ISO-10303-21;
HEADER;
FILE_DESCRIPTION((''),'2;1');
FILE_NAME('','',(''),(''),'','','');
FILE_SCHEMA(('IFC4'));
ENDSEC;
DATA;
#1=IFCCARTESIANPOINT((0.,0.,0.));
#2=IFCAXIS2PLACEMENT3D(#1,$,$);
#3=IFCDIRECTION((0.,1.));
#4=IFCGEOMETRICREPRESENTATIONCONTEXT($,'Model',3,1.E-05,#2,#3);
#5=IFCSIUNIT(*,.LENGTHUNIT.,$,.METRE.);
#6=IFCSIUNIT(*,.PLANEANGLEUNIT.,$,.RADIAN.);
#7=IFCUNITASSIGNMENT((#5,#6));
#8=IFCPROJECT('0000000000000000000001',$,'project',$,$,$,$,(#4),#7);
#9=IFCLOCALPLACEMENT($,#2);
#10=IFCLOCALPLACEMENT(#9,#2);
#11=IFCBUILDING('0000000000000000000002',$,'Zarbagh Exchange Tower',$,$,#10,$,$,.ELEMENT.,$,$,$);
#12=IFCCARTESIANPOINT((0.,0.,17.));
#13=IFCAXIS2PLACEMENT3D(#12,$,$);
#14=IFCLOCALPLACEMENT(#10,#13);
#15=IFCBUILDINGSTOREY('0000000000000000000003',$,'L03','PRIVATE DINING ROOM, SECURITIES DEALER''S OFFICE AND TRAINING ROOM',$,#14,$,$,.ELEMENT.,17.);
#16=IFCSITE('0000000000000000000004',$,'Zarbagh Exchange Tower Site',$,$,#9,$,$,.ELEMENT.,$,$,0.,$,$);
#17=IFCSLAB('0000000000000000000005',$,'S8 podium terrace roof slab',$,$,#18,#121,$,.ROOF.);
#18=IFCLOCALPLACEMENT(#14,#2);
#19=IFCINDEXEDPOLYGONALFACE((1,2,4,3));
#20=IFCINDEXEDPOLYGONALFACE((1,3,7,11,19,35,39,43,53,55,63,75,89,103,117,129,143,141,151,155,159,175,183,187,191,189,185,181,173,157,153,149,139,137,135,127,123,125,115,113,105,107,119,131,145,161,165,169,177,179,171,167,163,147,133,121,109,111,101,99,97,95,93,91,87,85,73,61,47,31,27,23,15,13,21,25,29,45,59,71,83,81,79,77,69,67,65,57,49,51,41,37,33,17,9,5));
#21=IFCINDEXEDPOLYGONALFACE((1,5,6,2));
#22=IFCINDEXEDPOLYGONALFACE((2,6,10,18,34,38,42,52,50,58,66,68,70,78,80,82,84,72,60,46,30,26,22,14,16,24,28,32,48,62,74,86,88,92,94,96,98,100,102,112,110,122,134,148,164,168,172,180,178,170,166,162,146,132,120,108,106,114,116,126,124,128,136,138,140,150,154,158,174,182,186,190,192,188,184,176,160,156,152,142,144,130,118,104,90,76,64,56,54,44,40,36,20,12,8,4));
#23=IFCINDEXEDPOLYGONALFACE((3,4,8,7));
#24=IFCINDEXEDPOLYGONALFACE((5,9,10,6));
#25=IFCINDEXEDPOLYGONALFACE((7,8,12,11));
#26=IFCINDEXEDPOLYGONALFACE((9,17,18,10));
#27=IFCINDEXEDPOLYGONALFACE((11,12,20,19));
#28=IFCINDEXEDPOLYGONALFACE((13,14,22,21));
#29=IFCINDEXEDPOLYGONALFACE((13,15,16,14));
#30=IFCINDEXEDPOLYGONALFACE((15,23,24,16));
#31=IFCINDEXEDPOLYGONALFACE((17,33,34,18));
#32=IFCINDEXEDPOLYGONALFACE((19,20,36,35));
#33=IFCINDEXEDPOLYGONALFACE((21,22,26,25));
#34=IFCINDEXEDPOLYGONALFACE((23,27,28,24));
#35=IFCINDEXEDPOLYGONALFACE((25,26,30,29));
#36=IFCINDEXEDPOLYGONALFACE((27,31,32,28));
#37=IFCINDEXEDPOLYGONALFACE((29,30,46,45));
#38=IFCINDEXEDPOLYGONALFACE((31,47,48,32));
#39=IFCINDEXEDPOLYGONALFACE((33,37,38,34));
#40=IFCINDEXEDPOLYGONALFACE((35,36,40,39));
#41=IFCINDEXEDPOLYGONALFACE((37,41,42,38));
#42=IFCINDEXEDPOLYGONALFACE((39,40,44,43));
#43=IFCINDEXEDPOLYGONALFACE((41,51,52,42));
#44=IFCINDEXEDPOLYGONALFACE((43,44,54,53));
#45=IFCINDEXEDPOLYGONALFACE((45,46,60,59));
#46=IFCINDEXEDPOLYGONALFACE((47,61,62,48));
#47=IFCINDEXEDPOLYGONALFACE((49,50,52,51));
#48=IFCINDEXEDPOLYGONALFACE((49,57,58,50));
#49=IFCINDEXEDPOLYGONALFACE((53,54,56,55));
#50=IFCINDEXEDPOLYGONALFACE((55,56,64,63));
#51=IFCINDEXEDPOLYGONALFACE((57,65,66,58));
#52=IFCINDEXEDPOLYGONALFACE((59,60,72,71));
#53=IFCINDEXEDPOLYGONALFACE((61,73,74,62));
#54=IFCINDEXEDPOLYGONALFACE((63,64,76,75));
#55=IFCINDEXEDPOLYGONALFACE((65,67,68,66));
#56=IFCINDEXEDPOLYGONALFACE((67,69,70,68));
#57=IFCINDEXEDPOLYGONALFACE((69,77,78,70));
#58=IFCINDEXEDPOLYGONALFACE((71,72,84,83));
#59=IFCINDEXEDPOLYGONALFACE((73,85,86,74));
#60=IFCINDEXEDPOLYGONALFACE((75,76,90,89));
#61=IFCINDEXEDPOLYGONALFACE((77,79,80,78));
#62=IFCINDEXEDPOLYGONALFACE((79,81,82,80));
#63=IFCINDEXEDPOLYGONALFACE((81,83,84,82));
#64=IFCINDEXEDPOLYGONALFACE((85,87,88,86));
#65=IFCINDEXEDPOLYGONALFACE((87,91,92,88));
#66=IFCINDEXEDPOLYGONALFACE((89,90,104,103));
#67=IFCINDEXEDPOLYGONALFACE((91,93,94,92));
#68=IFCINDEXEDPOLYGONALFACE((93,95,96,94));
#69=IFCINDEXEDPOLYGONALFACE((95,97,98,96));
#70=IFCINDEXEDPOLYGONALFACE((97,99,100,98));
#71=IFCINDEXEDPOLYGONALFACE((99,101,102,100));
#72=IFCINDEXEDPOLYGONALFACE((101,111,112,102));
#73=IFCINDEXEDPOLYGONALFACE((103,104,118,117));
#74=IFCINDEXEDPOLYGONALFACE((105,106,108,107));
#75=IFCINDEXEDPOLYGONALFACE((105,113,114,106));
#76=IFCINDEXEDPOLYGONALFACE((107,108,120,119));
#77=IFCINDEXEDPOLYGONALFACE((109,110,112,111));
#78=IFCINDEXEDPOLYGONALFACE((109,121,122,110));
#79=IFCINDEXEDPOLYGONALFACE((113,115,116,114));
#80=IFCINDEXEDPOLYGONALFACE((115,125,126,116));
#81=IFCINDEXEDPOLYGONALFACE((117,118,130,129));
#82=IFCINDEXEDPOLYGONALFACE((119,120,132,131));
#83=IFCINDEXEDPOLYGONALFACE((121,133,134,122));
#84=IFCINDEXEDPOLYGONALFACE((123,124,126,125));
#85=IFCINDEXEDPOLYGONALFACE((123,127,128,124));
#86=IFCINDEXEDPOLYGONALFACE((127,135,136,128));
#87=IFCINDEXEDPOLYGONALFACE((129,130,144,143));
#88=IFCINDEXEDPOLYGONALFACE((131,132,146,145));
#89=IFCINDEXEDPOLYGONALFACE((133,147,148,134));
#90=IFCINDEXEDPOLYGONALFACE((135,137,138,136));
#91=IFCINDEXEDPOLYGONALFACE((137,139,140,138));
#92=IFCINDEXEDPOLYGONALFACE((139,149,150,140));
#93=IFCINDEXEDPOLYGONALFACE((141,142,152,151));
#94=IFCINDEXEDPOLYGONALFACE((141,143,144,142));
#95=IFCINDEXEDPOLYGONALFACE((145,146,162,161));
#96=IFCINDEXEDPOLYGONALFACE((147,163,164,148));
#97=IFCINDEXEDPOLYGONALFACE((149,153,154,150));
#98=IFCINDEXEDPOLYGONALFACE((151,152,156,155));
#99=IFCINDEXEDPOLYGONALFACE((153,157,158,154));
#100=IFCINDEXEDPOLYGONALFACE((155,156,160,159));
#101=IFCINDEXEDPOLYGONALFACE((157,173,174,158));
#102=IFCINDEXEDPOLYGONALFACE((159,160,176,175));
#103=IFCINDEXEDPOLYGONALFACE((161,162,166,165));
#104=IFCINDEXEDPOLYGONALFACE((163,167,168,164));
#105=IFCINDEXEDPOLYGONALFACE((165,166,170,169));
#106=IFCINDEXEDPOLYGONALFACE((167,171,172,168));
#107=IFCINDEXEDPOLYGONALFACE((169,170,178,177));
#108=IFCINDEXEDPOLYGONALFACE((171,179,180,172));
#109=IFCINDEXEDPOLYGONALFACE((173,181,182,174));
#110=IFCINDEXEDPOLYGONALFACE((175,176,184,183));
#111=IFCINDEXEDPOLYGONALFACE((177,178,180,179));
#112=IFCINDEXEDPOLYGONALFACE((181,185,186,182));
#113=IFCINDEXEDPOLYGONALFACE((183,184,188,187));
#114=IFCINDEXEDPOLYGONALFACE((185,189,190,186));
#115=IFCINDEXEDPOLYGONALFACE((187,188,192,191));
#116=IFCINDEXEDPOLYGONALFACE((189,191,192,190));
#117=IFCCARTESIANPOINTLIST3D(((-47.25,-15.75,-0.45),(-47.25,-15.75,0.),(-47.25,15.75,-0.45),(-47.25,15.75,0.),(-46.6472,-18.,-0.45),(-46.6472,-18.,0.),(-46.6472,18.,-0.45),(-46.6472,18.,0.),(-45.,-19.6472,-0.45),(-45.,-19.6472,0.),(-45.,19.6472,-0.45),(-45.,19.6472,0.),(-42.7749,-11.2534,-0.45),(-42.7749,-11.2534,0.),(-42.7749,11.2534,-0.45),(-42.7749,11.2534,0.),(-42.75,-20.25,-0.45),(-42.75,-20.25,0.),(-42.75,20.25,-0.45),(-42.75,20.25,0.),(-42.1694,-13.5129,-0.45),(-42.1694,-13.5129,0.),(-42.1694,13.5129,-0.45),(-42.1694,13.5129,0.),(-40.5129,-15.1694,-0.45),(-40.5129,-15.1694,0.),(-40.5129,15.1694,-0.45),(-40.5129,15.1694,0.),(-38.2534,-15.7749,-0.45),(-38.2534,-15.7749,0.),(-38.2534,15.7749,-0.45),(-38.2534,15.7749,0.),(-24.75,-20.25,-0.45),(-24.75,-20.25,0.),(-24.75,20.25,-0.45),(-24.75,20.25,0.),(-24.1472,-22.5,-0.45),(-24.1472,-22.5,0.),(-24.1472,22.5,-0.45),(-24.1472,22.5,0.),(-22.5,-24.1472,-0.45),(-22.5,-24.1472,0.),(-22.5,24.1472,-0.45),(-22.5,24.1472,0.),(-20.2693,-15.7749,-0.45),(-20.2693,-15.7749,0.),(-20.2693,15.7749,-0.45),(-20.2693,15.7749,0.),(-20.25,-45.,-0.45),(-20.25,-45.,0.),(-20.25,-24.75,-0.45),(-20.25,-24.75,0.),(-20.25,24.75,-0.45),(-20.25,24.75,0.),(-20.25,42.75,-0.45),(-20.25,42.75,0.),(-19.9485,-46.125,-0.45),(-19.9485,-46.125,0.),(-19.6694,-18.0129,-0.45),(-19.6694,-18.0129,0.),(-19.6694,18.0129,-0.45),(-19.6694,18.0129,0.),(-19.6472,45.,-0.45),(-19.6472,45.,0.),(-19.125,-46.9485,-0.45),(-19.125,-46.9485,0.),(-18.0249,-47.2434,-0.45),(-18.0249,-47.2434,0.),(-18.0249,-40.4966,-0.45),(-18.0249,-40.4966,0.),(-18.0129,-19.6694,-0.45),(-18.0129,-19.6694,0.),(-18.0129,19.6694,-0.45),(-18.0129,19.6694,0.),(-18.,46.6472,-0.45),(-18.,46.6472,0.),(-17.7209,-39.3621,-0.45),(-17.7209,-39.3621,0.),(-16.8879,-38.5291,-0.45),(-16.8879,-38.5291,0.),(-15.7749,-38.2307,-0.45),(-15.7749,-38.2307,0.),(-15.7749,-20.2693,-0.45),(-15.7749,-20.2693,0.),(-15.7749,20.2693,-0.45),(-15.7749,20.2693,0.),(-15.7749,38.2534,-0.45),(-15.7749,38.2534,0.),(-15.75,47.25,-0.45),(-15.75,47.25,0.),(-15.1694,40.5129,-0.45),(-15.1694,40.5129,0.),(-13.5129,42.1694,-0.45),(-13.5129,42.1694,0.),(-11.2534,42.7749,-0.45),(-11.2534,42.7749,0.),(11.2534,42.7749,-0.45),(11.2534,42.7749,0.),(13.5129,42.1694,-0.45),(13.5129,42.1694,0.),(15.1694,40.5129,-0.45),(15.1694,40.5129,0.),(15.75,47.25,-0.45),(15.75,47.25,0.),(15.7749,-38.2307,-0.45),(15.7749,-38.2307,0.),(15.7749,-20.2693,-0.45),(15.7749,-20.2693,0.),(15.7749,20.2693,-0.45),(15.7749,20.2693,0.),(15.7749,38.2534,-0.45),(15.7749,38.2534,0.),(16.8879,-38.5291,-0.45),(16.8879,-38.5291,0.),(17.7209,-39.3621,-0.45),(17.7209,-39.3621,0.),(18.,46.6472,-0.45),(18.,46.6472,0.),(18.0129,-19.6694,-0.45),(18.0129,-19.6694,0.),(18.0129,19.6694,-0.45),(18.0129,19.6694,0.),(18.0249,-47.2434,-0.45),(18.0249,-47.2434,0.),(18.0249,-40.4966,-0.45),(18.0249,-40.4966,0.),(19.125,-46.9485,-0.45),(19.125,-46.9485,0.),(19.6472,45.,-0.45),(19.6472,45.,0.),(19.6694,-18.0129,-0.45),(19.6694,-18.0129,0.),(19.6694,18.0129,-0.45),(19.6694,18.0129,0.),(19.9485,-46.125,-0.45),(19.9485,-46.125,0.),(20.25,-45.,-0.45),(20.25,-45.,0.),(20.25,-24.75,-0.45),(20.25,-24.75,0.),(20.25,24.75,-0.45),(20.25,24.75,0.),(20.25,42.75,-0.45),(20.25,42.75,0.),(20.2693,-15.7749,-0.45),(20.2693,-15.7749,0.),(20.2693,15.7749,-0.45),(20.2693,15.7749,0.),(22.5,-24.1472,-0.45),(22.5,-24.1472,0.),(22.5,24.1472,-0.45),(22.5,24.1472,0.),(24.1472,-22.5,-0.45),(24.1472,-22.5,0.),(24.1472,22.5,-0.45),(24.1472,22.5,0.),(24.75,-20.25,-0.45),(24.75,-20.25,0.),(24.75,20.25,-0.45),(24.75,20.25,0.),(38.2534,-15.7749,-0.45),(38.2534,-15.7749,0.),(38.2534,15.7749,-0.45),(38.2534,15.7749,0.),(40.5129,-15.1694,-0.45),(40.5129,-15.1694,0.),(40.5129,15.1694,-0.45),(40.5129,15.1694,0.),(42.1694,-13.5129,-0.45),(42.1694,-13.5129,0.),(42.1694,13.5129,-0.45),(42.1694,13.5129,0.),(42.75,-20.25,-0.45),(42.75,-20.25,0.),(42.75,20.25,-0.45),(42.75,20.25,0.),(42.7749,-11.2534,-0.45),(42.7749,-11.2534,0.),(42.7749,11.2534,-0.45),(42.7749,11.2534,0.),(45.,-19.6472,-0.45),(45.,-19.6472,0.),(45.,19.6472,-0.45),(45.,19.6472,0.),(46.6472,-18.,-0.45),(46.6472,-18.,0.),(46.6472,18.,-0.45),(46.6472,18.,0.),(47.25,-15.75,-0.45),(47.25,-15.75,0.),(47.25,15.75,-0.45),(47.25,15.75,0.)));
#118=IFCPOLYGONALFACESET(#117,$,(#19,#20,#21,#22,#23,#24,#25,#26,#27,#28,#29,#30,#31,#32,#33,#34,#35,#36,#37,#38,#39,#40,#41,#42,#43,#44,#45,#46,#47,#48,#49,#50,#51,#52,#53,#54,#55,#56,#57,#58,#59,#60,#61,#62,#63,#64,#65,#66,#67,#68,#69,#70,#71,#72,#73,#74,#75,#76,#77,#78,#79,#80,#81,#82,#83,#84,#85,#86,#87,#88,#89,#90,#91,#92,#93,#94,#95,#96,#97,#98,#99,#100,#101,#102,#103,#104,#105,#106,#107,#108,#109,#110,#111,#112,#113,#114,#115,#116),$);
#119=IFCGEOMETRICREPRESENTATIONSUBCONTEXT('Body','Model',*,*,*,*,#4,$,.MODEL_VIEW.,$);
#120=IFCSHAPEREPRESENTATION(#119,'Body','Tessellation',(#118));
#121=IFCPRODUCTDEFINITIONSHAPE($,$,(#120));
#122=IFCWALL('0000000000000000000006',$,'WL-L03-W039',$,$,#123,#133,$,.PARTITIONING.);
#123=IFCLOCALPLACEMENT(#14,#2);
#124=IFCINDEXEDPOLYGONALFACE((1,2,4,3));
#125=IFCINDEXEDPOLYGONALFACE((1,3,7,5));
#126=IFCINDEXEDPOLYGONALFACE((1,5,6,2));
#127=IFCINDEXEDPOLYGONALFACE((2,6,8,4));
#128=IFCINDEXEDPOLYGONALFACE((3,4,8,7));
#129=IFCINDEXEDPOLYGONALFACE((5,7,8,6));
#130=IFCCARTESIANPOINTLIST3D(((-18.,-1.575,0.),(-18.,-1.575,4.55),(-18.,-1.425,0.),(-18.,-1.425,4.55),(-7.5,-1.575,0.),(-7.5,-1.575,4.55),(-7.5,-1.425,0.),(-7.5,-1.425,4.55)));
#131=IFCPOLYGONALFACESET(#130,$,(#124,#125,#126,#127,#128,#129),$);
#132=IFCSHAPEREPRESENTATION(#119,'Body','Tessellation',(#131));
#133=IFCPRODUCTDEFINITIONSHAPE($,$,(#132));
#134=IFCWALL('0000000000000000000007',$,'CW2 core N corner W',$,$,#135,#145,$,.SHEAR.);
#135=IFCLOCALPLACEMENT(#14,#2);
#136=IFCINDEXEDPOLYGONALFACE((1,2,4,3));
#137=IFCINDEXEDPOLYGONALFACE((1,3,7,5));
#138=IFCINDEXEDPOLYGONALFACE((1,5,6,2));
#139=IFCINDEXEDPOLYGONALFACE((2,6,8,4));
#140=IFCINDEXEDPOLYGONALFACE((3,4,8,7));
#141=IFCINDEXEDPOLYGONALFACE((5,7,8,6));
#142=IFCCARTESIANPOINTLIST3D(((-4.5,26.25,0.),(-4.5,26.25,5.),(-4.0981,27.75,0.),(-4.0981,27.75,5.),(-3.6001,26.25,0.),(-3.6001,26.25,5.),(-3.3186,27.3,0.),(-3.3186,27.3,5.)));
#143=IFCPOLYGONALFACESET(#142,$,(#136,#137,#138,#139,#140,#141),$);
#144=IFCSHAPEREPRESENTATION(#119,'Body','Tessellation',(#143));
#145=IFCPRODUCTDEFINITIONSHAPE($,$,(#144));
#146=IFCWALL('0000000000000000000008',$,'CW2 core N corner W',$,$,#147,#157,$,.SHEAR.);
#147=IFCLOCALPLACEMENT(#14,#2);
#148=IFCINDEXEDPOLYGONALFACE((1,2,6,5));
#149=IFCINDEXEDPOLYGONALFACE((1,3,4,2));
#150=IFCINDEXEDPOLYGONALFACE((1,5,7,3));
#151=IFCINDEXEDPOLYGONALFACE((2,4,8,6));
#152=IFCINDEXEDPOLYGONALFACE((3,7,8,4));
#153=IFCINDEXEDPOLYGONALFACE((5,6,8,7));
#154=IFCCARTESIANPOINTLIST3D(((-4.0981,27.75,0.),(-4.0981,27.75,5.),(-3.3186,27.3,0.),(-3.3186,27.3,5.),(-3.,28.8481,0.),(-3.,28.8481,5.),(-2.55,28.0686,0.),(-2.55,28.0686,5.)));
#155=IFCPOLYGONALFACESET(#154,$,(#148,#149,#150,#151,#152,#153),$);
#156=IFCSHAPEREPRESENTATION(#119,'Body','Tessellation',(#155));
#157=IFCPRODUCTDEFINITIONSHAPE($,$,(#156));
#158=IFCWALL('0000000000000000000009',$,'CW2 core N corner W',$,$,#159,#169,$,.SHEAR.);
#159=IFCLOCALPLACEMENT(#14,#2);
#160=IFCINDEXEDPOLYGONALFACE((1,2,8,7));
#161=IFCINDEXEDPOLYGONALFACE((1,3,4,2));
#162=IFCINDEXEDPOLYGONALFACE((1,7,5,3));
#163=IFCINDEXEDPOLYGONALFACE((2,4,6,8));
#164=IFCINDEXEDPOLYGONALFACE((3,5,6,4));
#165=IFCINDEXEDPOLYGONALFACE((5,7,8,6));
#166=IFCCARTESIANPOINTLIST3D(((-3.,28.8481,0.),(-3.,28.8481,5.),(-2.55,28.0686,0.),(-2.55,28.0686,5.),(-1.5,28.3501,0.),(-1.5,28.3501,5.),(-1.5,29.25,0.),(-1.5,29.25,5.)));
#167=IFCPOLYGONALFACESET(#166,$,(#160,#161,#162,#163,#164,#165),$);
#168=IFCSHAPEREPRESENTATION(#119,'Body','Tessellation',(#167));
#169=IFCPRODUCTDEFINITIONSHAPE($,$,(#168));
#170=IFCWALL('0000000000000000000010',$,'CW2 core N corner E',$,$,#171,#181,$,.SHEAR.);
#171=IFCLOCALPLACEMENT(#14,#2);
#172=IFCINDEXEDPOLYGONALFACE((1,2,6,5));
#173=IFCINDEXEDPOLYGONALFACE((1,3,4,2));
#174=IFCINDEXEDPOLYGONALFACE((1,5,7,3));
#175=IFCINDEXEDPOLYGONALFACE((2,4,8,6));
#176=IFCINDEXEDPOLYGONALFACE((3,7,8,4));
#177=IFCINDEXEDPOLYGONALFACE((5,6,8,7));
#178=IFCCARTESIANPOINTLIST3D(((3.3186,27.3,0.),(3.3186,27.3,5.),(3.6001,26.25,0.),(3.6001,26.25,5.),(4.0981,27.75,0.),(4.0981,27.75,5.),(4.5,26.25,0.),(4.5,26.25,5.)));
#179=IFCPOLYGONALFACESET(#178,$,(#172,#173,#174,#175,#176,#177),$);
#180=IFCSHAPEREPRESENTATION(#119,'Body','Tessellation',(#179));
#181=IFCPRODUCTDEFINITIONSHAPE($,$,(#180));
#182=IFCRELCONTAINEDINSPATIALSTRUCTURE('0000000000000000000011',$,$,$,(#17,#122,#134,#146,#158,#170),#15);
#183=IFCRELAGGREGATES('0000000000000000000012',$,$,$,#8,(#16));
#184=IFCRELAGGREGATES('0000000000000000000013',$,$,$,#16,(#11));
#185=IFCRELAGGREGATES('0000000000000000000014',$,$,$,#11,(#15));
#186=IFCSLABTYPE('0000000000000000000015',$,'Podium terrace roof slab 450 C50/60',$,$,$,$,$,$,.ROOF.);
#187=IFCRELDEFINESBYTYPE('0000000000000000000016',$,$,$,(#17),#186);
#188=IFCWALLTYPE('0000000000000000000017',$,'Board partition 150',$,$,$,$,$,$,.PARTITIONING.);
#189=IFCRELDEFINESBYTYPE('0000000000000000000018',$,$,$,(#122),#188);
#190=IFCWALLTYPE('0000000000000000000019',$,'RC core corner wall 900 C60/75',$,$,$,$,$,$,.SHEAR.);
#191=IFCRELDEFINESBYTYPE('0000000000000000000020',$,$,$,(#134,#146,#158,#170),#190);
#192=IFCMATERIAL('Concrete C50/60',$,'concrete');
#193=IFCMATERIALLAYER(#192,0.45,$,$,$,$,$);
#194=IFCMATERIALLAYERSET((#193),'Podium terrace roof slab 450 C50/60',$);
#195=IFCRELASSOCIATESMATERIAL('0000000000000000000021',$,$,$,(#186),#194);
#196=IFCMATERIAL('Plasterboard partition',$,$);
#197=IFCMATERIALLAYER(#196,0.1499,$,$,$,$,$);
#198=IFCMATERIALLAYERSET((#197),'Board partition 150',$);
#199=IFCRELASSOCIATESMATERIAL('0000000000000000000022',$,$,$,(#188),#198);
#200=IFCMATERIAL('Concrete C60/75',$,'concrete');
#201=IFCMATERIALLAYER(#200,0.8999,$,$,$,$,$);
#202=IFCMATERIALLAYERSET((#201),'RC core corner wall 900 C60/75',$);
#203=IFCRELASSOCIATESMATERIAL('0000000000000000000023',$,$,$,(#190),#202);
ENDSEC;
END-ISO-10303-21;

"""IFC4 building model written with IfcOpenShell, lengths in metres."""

from ifc_helpers import new_model, si_unit, direction, frame, frame_2d, origin, place, context, subcontext, project, spatial, polyline, rectangle, outline, extrude, material, layer, layer_set, type_object, element, save


model = new_model("IFC4")

# Units and contexts
model_context = context("Model", 3, precision=1e-05, world=origin(), true_north=direction((0.0, 1.0)))
body_context = subcontext(model_context, "Body", "Model", "MODEL_VIEW")
ifc_project = project(units=[si_unit("LENGTHUNIT", "METRE"), si_unit("PLANEANGLEUNIT", "RADIAN")], contexts=[model_context])

# Site, building, storey
site_placement = place(None, origin())
site = spatial("IfcSite", under=ifc_project, at=site_placement, Name="Zarbagh Exchange Tower Site", CompositionType="ELEMENT", RefElevation=0.0)
building_placement = place(site_placement, origin())
building = spatial("IfcBuilding", under=site, at=building_placement, Name="Zarbagh Exchange Tower", CompositionType="ELEMENT")
storey_placement = place(building_placement, frame((0.0, 0.0, 17.0)))
storey = spatial("IfcBuildingStorey", under=building, at=storey_placement, Name="L03", Description="PRIVATE DINING ROOM, SECURITIES DEALER'S OFFICE AND TRAINING ROOM", CompositionType="ELEMENT", Elevation=17.0)

# Shared definitions
ifc_material_1 = material(Name="Concrete C60/75", Category="concrete")

# Slab
ifc_material_2 = material(Name="Concrete C50/60", Category="concrete")
ifc_layer_1 = layer(ifc_material_2, 0.45)
ifc_layer_set_1 = layer_set([ifc_layer_1], Name="Podium terrace roof slab 450 C50/60")
slab_type_1 = type_object("IfcSlabType", Name="Podium terrace roof slab 450 C50/60", PredefinedType="ROOF", material=ifc_layer_set_1)
slab_1_placement = place(storey_placement, frame((0.0, 0.0, -0.45)))
element("IfcSlab", 1, at=slab_1_placement, inside=storey, type_object=slab_type_1, Name="S8 podium terrace roof slab", PredefinedType="ROOF", context=body_context, shape_type="SweptSolid", body=[
    extrude(outline(polyline([(-20.25, -24.75), (-22.5, -24.1472), (-24.1472, -22.5), (-24.75, -20.25), (-42.75, -20.25), (-45.0, -19.6472), (-46.6472, -18.0), (-47.25, -15.75), (-47.25, 15.75), (-46.6472, 18.0), (-45.0, 19.6472), (-42.75, 20.25), (-24.75, 20.25), (-24.1472, 22.5), (-22.5, 24.1472), (-20.25, 24.75), (-20.25, 42.75), (-19.6472, 45.0), (-18.0, 46.6472), (-15.75, 47.25), (15.75, 47.25), (18.0, 46.6472), (19.6472, 45.0), (20.25, 42.75), (20.25, 24.75), (22.5, 24.1472), (24.1472, 22.5), (24.75, 20.25), (42.75, 20.25), (45.0, 19.6472), (46.6472, 18.0), (47.25, 15.75), (47.25, -15.75), (46.6472, -18.0), (45.0, -19.6472), (42.75, -20.25), (24.75, -20.25), (24.1472, -22.5), (22.5, -24.1472), (20.25, -24.75), (20.25, -45.0), (19.9485, -46.125), (19.125, -46.9485), (18.0249, -47.2434), (18.0249, -40.4966), (17.7209, -39.3621), (16.8879, -38.5291), (15.7749, -38.2307), (15.7749, -20.2693), (18.0129, -19.6694), (19.6694, -18.0129), (20.2693, -15.7749), (38.2534, -15.7749), (40.5129, -15.1694), (42.1694, -13.5129), (42.7749, -11.2534), (42.7749, 11.2534), (42.1694, 13.5129), (40.5129, 15.1694), (38.2534, 15.7749), (20.2693, 15.7749), (19.6694, 18.0129), (18.0129, 19.6694), (15.7749, 20.2693), (15.7749, 38.2534), (15.1694, 40.5129), (13.5129, 42.1694), (11.2534, 42.7749), (-11.2534, 42.7749), (-13.5129, 42.1694), (-15.1694, 40.5129), (-15.7749, 38.2534), (-15.7749, 20.2693), (-18.0129, 19.6694), (-19.6694, 18.0129), (-20.2693, 15.7749), (-38.2534, 15.7749), (-40.5129, 15.1694), (-42.1694, 13.5129), (-42.7749, 11.2534), (-42.7749, -11.2534), (-42.1694, -13.5129), (-40.5129, -15.1694), (-38.2534, -15.7749), (-20.2693, -15.7749), (-19.6694, -18.0129), (-18.0129, -19.6694), (-15.7749, -20.2693), (-15.7749, -38.2307), (-16.8879, -38.5291), (-17.7209, -39.3621), (-18.0249, -40.4966), (-18.0249, -47.2434), (-19.125, -46.9485), (-19.9485, -46.125), (-20.25, -45.0), (-20.25, -24.75)])), origin(), (0.0, 0.0, 1.0), 0.45),
])

# Walls
ifc_material_3 = material(Name="Plasterboard partition")
ifc_layer_2 = layer(ifc_material_3, 0.1499)
ifc_layer_set_2 = layer_set([ifc_layer_2], Name="Board partition 150")
wall_type_1 = type_object("IfcWallType", Name="Board partition 150", PredefinedType="PARTITIONING", material=ifc_layer_set_2)
wall_1_placement = place(storey_placement, frame((-7.5, -1.5, 0.0), z_axis=(0.0, 0.0, 1.0), x_axis=(-1.0, 0.0, 0.0)))
element("IfcWall", 2, at=wall_1_placement, inside=storey, type_object=wall_type_1, Name="WL-L03-W039", PredefinedType="PARTITIONING", context=body_context, shape_type="SweptSolid", body=[
    extrude(rectangle(XDim=10.5, YDim=0.1499, at=frame_2d((5.25, 0.0))), origin(), (0.0, 0.0, 1.0), 4.55),
])
ifc_layer_3 = layer(ifc_material_1, 0.8999)
ifc_layer_set_3 = layer_set([ifc_layer_3], Name="RC core corner wall 900 C60/75")
wall_type_2 = type_object("IfcWallType", Name="RC core corner wall 900 C60/75", PredefinedType="SHEAR", material=ifc_layer_set_3)
wall_2_placement = place(storey_placement, origin())
element("IfcWall", 3, at=wall_2_placement, inside=storey, type_object=wall_type_2, Name="CW2 core N corner W", PredefinedType="SHEAR", context=body_context, shape_type="SweptSolid", body=[
    extrude(outline(polyline([(-4.5, 26.25), (-4.0981, 27.75), (-3.3186, 27.3), (-3.6001, 26.25), (-4.5, 26.25)])), origin(), (0.0, 0.0, 1.0), 5.0),
])
wall_3_placement = place(storey_placement, origin())
element("IfcWall", 4, at=wall_3_placement, inside=storey, type_object=wall_type_2, Name="CW2 core N corner W", PredefinedType="SHEAR", context=body_context, shape_type="SweptSolid", body=[
    extrude(outline(polyline([(-4.0981, 27.75), (-3.0, 28.8481), (-2.55, 28.0686), (-3.3186, 27.3), (-4.0981, 27.75)])), origin(), (0.0, 0.0, 1.0), 5.0),
])
wall_4_placement = place(storey_placement, origin())
element("IfcWall", 5, at=wall_4_placement, inside=storey, type_object=wall_type_2, Name="CW2 core N corner W", PredefinedType="SHEAR", context=body_context, shape_type="SweptSolid", body=[
    extrude(outline(polyline([(-3.0, 28.8481), (-1.5, 29.25), (-1.5, 28.3501), (-2.55, 28.0686), (-3.0, 28.8481)])), origin(), (0.0, 0.0, 1.0), 5.0),
])
wall_5_placement = place(storey_placement, origin())
element("IfcWall", 6, at=wall_5_placement, inside=storey, type_object=wall_type_2, Name="CW2 core N corner E", PredefinedType="SHEAR", context=body_context, shape_type="SweptSolid", body=[
    extrude(outline(polyline([(4.5, 26.25), (4.0981, 27.75), (3.3186, 27.3), (3.6001, 26.25), (4.5, 26.25)])), origin(), (0.0, 0.0, 1.0), 5.0),
])

save(model, "model.ifc")
